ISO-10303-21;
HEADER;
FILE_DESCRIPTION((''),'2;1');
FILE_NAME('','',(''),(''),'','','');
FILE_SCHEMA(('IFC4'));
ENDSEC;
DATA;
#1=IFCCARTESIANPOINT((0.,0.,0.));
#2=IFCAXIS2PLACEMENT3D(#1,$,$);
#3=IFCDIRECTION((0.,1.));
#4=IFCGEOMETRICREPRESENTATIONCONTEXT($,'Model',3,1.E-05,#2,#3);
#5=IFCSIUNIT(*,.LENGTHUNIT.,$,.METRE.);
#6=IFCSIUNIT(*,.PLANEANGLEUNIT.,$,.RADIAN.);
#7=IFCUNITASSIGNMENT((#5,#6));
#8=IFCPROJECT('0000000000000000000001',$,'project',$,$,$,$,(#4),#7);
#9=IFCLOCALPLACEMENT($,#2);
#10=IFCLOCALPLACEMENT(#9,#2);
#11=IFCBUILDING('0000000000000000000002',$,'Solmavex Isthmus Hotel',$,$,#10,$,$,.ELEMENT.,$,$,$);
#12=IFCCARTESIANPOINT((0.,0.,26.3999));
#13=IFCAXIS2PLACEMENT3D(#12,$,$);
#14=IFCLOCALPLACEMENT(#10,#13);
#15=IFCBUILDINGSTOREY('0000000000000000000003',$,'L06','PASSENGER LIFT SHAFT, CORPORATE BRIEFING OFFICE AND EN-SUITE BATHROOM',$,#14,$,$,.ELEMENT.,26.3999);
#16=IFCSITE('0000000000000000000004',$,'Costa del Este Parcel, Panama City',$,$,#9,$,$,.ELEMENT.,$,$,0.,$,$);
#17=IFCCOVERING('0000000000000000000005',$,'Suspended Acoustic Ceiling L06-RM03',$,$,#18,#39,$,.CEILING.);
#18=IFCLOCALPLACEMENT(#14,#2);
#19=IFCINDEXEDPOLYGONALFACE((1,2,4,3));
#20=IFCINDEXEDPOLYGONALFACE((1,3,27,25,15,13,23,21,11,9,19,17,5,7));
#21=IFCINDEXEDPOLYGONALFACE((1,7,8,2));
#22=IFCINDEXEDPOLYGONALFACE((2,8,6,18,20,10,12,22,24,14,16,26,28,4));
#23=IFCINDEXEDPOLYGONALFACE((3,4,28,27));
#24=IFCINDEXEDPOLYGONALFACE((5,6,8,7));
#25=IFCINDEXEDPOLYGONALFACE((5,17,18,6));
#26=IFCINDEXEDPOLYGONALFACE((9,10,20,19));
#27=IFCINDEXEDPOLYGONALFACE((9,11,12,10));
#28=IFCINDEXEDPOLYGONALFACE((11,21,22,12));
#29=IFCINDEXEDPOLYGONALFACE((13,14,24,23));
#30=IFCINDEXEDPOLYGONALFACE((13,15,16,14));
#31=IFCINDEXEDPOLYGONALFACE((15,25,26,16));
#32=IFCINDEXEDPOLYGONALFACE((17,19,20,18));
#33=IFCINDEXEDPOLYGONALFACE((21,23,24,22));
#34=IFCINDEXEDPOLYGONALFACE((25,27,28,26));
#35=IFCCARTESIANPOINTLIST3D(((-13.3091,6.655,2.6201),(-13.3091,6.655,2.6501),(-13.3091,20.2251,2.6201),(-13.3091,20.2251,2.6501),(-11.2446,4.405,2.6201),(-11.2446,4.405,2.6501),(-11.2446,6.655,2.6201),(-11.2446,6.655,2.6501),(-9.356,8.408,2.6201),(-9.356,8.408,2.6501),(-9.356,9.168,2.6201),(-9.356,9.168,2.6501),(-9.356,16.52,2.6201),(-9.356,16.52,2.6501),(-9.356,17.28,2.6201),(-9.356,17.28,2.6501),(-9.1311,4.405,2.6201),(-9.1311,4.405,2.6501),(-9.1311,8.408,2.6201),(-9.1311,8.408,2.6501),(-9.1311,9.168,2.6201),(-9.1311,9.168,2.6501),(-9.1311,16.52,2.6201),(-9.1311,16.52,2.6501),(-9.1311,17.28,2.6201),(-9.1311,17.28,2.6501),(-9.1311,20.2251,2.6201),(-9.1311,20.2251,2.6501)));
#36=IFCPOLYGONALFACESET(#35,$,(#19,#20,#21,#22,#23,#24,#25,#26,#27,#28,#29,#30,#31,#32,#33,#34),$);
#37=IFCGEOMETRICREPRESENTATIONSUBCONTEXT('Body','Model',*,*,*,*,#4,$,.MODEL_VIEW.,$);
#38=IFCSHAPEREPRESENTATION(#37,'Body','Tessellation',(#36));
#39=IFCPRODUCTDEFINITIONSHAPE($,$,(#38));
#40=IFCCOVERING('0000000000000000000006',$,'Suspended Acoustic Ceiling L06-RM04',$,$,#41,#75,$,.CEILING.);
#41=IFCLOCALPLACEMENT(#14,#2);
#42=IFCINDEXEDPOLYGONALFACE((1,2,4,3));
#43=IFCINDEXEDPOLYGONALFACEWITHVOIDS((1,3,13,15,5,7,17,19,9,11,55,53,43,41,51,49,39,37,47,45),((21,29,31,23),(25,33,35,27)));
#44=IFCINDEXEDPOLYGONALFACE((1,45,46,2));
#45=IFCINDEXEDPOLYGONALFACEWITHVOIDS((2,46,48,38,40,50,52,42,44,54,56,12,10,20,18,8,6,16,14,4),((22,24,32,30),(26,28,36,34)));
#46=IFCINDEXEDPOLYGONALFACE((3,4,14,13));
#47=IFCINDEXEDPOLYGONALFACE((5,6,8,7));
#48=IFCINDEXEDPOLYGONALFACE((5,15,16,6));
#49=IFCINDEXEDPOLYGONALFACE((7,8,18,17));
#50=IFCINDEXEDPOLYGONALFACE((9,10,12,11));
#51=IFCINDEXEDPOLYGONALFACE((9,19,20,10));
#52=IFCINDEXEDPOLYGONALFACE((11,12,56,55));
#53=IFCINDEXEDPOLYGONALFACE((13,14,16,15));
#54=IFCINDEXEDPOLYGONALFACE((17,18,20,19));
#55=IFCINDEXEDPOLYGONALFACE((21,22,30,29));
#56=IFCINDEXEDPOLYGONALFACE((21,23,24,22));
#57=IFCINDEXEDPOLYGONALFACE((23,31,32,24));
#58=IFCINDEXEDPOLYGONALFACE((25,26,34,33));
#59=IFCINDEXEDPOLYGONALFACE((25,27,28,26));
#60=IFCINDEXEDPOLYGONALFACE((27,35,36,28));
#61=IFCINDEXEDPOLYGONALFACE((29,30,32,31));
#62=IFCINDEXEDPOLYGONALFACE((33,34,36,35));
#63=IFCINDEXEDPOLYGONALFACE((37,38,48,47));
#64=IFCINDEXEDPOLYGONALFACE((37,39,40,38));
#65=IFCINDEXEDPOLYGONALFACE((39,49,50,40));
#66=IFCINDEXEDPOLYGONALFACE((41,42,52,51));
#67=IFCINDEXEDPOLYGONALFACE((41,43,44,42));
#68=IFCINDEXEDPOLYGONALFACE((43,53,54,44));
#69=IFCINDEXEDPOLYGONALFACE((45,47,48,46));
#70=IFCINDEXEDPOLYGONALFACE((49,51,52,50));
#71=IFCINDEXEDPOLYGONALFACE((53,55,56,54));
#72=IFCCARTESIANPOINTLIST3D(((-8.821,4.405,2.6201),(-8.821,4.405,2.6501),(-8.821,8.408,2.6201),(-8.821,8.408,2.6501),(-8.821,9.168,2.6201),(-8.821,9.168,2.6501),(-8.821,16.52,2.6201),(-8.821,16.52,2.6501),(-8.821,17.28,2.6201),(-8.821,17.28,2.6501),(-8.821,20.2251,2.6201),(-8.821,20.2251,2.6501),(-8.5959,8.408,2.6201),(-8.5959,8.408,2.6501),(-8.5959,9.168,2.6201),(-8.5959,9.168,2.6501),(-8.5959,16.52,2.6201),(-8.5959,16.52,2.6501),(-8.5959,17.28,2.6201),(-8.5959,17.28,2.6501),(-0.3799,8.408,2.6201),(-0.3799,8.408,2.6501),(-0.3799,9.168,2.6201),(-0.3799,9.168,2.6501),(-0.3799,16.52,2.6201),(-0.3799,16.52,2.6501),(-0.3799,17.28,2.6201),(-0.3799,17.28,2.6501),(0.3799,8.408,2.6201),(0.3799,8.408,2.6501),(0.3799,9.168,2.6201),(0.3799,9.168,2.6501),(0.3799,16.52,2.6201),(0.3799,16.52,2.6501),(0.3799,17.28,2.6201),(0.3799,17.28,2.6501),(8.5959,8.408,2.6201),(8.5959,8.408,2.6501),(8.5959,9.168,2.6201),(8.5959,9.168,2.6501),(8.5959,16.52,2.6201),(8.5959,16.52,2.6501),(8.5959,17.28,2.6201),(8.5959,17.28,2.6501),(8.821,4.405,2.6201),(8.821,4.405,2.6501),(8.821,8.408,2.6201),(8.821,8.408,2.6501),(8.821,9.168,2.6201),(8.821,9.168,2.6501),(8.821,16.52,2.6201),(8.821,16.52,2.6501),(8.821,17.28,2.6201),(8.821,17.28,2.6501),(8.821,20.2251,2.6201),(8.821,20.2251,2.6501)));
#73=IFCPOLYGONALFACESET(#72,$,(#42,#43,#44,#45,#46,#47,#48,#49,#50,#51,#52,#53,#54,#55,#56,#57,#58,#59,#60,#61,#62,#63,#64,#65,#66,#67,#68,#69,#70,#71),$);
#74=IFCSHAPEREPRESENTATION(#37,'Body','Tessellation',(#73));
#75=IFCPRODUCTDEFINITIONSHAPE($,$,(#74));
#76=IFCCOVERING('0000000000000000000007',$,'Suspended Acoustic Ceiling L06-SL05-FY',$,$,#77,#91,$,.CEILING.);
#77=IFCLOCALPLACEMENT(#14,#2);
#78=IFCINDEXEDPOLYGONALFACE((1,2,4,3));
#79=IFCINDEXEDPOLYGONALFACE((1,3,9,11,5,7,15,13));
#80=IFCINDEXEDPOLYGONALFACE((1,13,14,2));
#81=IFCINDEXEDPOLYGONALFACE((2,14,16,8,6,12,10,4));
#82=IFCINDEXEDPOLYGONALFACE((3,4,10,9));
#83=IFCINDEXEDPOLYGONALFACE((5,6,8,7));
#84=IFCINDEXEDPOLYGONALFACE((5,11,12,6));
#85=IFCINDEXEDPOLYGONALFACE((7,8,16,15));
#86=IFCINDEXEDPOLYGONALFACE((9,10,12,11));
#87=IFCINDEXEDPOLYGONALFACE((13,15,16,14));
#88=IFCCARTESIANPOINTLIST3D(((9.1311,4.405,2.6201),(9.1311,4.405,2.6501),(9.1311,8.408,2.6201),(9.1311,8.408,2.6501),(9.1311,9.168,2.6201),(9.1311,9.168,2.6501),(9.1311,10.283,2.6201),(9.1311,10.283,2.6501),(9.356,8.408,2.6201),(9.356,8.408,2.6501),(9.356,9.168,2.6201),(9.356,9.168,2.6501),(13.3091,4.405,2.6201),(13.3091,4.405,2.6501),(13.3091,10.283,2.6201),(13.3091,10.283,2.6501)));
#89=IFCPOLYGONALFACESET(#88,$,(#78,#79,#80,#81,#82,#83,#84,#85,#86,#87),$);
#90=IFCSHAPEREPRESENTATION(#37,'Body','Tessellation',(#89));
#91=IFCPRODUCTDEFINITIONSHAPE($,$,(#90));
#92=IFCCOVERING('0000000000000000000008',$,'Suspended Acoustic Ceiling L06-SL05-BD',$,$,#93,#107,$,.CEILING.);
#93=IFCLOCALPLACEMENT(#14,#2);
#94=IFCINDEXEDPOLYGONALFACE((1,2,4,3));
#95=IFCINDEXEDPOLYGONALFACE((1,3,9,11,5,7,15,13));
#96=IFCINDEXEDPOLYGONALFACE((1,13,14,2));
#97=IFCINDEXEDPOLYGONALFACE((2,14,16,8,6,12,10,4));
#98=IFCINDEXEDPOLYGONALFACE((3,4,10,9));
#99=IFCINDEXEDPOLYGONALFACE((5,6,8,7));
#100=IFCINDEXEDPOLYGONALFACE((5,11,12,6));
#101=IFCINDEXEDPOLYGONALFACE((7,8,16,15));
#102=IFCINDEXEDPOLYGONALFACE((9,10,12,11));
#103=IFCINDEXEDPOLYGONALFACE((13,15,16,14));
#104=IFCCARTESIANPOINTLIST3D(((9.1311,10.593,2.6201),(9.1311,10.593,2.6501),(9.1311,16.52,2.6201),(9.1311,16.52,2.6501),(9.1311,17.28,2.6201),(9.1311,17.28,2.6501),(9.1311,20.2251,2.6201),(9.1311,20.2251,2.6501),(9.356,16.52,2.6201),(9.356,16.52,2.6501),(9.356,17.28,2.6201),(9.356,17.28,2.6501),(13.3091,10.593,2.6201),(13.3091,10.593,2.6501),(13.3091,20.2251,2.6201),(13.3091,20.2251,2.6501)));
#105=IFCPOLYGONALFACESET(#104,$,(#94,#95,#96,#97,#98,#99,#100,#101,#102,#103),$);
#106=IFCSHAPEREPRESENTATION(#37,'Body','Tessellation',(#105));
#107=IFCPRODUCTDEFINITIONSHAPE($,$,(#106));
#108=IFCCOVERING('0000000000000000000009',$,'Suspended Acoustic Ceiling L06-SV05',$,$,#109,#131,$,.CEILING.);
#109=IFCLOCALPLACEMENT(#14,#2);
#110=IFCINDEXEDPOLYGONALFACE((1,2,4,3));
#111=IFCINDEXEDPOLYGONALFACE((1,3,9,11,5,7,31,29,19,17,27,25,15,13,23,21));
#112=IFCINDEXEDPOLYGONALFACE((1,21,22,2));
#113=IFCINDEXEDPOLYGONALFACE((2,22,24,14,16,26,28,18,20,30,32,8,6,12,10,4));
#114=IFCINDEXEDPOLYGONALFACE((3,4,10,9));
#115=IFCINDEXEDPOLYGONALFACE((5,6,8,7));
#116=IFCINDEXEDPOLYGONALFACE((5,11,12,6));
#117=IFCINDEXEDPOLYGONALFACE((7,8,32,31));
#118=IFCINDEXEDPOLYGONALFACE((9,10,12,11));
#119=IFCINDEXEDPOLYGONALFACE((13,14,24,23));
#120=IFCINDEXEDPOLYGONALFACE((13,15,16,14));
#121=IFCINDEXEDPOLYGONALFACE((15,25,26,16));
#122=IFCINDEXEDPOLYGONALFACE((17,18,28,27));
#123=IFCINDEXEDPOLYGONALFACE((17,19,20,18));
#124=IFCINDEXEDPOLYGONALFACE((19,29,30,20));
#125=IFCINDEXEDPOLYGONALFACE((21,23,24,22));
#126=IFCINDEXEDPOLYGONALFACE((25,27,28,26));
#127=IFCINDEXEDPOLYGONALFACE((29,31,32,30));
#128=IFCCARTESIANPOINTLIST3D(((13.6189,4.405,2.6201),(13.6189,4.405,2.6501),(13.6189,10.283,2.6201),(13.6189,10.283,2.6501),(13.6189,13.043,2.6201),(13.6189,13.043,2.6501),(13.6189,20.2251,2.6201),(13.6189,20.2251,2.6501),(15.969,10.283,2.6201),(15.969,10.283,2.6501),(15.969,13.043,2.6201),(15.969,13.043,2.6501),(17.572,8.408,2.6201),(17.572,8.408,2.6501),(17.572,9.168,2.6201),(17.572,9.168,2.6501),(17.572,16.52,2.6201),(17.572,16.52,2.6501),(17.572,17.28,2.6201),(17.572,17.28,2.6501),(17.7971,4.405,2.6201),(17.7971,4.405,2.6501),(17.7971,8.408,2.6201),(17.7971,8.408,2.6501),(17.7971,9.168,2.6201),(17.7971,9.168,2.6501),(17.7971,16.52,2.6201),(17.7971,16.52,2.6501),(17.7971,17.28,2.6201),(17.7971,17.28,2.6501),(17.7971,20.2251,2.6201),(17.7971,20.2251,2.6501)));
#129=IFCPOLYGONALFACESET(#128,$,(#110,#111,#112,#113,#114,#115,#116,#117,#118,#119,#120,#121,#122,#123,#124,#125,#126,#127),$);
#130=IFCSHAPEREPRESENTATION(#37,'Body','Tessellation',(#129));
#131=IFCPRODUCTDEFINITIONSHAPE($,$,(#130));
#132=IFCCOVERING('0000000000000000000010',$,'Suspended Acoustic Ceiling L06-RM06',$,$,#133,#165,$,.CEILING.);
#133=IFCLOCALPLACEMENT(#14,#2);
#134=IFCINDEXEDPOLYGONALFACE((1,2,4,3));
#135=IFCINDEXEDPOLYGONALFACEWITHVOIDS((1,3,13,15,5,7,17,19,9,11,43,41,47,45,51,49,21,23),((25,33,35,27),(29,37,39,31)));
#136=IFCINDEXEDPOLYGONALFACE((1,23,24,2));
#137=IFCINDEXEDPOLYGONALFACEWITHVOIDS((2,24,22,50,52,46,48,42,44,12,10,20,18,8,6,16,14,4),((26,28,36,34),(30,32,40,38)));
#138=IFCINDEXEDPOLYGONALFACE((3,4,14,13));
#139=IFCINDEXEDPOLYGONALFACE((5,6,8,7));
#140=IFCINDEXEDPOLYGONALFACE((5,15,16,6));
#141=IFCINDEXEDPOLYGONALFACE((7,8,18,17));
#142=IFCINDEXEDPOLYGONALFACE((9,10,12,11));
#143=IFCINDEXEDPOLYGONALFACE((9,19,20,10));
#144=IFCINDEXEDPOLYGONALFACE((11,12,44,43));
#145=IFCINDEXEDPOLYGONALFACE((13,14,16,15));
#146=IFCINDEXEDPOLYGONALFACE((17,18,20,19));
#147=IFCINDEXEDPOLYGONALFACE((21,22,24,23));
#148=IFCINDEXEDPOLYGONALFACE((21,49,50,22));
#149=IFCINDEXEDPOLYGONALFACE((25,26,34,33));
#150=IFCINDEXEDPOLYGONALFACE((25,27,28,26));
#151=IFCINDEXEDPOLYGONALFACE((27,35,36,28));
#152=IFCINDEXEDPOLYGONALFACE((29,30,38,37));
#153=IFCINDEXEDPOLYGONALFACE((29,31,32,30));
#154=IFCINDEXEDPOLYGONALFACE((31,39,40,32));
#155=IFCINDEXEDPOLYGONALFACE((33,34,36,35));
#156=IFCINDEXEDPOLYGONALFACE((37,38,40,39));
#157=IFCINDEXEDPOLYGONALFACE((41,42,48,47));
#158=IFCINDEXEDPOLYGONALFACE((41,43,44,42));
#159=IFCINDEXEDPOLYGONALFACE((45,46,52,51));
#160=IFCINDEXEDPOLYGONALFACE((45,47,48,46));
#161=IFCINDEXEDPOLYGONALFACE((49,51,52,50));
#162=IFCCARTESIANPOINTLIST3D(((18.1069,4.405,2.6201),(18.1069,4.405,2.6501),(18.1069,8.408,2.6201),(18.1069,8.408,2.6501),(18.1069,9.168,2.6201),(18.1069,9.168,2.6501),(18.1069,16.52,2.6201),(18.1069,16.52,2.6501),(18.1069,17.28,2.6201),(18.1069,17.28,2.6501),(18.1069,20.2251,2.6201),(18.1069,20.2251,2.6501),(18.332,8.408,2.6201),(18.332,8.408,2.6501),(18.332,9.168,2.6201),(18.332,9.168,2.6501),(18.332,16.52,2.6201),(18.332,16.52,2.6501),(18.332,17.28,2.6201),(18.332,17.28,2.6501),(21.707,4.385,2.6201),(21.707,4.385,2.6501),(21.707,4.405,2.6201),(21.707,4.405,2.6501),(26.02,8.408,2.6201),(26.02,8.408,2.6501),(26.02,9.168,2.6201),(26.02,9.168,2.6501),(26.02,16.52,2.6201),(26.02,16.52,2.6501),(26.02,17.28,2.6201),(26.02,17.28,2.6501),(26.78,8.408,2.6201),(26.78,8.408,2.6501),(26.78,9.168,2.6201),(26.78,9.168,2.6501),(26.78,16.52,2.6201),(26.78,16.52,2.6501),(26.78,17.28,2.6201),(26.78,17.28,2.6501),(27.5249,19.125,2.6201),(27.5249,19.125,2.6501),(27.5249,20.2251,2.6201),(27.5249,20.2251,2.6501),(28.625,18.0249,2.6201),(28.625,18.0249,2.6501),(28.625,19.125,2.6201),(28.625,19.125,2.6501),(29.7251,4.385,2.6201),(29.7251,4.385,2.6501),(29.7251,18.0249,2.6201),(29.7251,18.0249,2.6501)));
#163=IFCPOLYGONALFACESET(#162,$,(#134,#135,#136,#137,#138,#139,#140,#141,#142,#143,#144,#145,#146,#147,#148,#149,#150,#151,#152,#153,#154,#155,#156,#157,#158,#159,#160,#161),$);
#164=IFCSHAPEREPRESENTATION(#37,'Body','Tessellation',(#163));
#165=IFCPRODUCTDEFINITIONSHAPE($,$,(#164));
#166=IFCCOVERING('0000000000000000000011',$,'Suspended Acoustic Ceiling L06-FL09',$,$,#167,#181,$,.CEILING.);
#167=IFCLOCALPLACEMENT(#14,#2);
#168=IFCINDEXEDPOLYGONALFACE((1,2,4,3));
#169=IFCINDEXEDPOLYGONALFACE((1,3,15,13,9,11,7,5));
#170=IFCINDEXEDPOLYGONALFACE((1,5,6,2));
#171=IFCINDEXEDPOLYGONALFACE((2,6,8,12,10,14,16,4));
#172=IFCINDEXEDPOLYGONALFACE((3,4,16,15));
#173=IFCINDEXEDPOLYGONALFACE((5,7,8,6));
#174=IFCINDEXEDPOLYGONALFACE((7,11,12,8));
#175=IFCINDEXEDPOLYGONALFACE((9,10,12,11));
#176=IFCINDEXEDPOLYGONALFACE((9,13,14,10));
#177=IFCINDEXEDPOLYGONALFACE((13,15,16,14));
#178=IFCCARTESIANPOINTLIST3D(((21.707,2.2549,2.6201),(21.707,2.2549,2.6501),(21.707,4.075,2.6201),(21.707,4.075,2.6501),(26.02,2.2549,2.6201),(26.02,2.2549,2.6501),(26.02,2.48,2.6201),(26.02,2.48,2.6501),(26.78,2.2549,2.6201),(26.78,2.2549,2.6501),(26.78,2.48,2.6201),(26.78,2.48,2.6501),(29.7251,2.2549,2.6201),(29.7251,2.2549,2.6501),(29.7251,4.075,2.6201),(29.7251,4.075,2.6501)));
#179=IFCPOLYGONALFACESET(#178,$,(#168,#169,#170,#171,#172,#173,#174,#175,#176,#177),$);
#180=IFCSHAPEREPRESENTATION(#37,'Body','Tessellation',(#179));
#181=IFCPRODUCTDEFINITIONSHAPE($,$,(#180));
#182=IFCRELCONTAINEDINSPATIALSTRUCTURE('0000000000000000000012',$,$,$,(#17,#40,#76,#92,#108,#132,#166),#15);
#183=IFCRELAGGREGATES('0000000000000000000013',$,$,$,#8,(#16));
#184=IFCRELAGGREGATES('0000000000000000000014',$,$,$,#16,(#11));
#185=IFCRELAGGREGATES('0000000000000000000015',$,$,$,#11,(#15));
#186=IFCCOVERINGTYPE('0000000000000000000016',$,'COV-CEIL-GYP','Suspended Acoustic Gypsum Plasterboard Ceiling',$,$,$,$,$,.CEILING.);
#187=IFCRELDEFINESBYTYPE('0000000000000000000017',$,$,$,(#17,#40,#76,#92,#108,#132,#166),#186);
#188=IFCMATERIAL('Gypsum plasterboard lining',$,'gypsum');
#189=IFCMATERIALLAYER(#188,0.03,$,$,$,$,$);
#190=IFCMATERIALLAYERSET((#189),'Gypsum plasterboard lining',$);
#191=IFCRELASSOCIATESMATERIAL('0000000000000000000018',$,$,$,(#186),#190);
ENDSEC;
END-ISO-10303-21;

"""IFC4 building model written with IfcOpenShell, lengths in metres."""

from ifc_helpers import new_model, si_unit, direction, frame, origin, place, context, subcontext, project, spatial, polyline, outline, extrude, material, layer, layer_set, type_object, element, save


model = new_model("IFC4")

# Units and contexts
model_context = context("Model", 3, precision=1e-05, world=origin(), true_north=direction((0.0, 1.0)))
body_context = subcontext(model_context, "Body", "Model", "MODEL_VIEW")
ifc_project = project(units=[si_unit("LENGTHUNIT", "METRE"), si_unit("PLANEANGLEUNIT", "RADIAN")], contexts=[model_context])

# Site, building, storey
site_placement = place(None, origin())
site = spatial("IfcSite", under=ifc_project, at=site_placement, Name="Costa del Este Parcel, Panama City", CompositionType="ELEMENT", RefElevation=0.0)
building_placement = place(site_placement, origin())
building = spatial("IfcBuilding", under=site, at=building_placement, Name="Solmavex Isthmus Hotel", CompositionType="ELEMENT")
storey_placement = place(building_placement, frame((0.0, 0.0, 26.3999)))
storey = spatial("IfcBuildingStorey", under=building, at=storey_placement, Name="L06", Description="PASSENGER LIFT SHAFT, CORPORATE BRIEFING OFFICE AND EN-SUITE BATHROOM", CompositionType="ELEMENT", Elevation=26.3999)

# Coverings
ifc_material_1 = material(Name="Gypsum plasterboard lining", Category="gypsum")
ifc_layer_1 = layer(ifc_material_1, 0.03)
ifc_layer_set_1 = layer_set([ifc_layer_1], Name="Gypsum plasterboard lining")
covering_type_1 = type_object("IfcCoveringType", Name="COV-CEIL-GYP", Description="Suspended Acoustic Gypsum Plasterboard Ceiling", PredefinedType="CEILING", material=ifc_layer_set_1)
covering_1_placement = place(storey_placement, frame((0.0, 0.0, 2.6201)))
element("IfcCovering", 1, at=covering_1_placement, inside=storey, type_object=covering_type_1, Name="Suspended Acoustic Ceiling L06-RM03", PredefinedType="CEILING", context=body_context, shape_type="SweptSolid", body=[
    extrude(outline(polyline([(-9.1311, 16.52), (-9.356, 16.52), (-9.356, 17.28), (-9.1311, 17.28), (-9.1311, 20.2251), (-13.3091, 20.2251), (-13.3091, 6.655), (-11.2446, 6.655), (-11.2446, 4.405), (-9.1311, 4.405), (-9.1311, 8.408), (-9.356, 8.408), (-9.356, 9.168), (-9.1311, 9.168), (-9.1311, 16.52)])), origin(), (0.0, 0.0, 1.0), 0.03),
])
covering_2_placement = place(storey_placement, frame((0.0, 0.0, 2.6201)))
element("IfcCovering", 2, at=covering_2_placement, inside=storey, type_object=covering_type_1, Name="Suspended Acoustic Ceiling L06-RM04", PredefinedType="CEILING", context=body_context, shape_type="SweptSolid", body=[
    extrude(outline(polyline([(-8.821, 9.168), (-8.5959, 9.168), (-8.5959, 8.408), (-8.821, 8.408), (-8.821, 4.405), (8.821, 4.405), (8.821, 8.408), (8.5959, 8.408), (8.5959, 9.168), (8.821, 9.168), (8.821, 16.52), (8.5959, 16.52), (8.5959, 17.28), (8.821, 17.28), (8.821, 20.2251), (-8.821, 20.2251), (-8.821, 17.28), (-8.5959, 17.28), (-8.5959, 16.52), (-8.821, 16.52), (-8.821, 9.168)]), holes=[polyline([(-0.3799, 8.408), (-0.3799, 9.168), (0.3799, 9.168), (0.3799, 8.408), (-0.3799, 8.408)]), polyline([(-0.3799, 17.28), (0.3799, 17.28), (0.3799, 16.52), (-0.3799, 16.52), (-0.3799, 17.28)])]), origin(), (0.0, 0.0, 1.0), 0.03),
])
covering_3_placement = place(storey_placement, frame((0.0, 0.0, 2.6201)))
element("IfcCovering", 3, at=covering_3_placement, inside=storey, type_object=covering_type_1, Name="Suspended Acoustic Ceiling L06-SL05-FY", PredefinedType="CEILING", context=body_context, shape_type="SweptSolid", body=[
    extrude(outline(polyline([(9.1311, 9.168), (9.356, 9.168), (9.356, 8.408), (9.1311, 8.408), (9.1311, 4.405), (13.3091, 4.405), (13.3091, 10.283), (9.1311, 10.283), (9.1311, 9.168)])), origin(), (0.0, 0.0, 1.0), 0.03),
])
covering_4_placement = place(storey_placement, frame((0.0, 0.0, 2.6201)))
element("IfcCovering", 4, at=covering_4_placement, inside=storey, type_object=covering_type_1, Name="Suspended Acoustic Ceiling L06-SL05-BD", PredefinedType="CEILING", context=body_context, shape_type="SweptSolid", body=[
    extrude(outline(polyline([(9.1311, 17.28), (9.356, 17.28), (9.356, 16.52), (9.1311, 16.52), (9.1311, 10.593), (13.3091, 10.593), (13.3091, 20.2251), (9.1311, 20.2251), (9.1311, 17.28)])), origin(), (0.0, 0.0, 1.0), 0.03),
])
covering_5_placement = place(storey_placement, frame((0.0, 0.0, 2.6201)))
element("IfcCovering", 5, at=covering_5_placement, inside=storey, type_object=covering_type_1, Name="Suspended Acoustic Ceiling L06-SV05", PredefinedType="CEILING", context=body_context, shape_type="SweptSolid", body=[
    extrude(outline(polyline([(17.7971, 16.52), (17.572, 16.52), (17.572, 17.28), (17.7971, 17.28), (17.7971, 20.2251), (13.6189, 20.2251), (13.6189, 13.043), (15.969, 13.043), (15.969, 10.283), (13.6189, 10.283), (13.6189, 4.405), (17.7971, 4.405), (17.7971, 8.408), (17.572, 8.408), (17.572, 9.168), (17.7971, 9.168), (17.7971, 16.52)])), origin(), (0.0, 0.0, 1.0), 0.03),
])
covering_6_placement = place(storey_placement, frame((0.0, 0.0, 2.6201)))
element("IfcCovering", 6, at=covering_6_placement, inside=storey, type_object=covering_type_1, Name="Suspended Acoustic Ceiling L06-RM06", PredefinedType="CEILING", context=body_context, shape_type="SweptSolid", body=[
    extrude(outline(polyline([(18.1069, 9.168), (18.332, 9.168), (18.332, 8.408), (18.1069, 8.408), (18.1069, 4.405), (21.707, 4.405), (21.707, 4.385), (29.7251, 4.385), (29.7251, 18.0249), (28.625, 18.0249), (28.625, 19.125), (27.5249, 19.125), (27.5249, 20.2251), (18.1069, 20.2251), (18.1069, 17.28), (18.332, 17.28), (18.332, 16.52), (18.1069, 16.52), (18.1069, 9.168)]), holes=[polyline([(26.02, 8.408), (26.02, 9.168), (26.78, 9.168), (26.78, 8.408), (26.02, 8.408)]), polyline([(26.02, 16.52), (26.02, 17.28), (26.78, 17.28), (26.78, 16.52), (26.02, 16.52)])]), origin(), (0.0, 0.0, 1.0), 0.03),
])
covering_7_placement = place(storey_placement, frame((0.0, 0.0, 2.6201)))
element("IfcCovering", 7, at=covering_7_placement, inside=storey, type_object=covering_type_1, Name="Suspended Acoustic Ceiling L06-FL09", PredefinedType="CEILING", context=body_context, shape_type="SweptSolid", body=[
    extrude(outline(polyline([(26.02, 2.2549), (26.02, 2.48), (26.78, 2.48), (26.78, 2.2549), (29.7251, 2.2549), (29.7251, 4.075), (21.707, 4.075), (21.707, 2.2549), (26.02, 2.2549)])), origin(), (0.0, 0.0, 1.0), 0.03),
])

save(model, "model.ifc")
